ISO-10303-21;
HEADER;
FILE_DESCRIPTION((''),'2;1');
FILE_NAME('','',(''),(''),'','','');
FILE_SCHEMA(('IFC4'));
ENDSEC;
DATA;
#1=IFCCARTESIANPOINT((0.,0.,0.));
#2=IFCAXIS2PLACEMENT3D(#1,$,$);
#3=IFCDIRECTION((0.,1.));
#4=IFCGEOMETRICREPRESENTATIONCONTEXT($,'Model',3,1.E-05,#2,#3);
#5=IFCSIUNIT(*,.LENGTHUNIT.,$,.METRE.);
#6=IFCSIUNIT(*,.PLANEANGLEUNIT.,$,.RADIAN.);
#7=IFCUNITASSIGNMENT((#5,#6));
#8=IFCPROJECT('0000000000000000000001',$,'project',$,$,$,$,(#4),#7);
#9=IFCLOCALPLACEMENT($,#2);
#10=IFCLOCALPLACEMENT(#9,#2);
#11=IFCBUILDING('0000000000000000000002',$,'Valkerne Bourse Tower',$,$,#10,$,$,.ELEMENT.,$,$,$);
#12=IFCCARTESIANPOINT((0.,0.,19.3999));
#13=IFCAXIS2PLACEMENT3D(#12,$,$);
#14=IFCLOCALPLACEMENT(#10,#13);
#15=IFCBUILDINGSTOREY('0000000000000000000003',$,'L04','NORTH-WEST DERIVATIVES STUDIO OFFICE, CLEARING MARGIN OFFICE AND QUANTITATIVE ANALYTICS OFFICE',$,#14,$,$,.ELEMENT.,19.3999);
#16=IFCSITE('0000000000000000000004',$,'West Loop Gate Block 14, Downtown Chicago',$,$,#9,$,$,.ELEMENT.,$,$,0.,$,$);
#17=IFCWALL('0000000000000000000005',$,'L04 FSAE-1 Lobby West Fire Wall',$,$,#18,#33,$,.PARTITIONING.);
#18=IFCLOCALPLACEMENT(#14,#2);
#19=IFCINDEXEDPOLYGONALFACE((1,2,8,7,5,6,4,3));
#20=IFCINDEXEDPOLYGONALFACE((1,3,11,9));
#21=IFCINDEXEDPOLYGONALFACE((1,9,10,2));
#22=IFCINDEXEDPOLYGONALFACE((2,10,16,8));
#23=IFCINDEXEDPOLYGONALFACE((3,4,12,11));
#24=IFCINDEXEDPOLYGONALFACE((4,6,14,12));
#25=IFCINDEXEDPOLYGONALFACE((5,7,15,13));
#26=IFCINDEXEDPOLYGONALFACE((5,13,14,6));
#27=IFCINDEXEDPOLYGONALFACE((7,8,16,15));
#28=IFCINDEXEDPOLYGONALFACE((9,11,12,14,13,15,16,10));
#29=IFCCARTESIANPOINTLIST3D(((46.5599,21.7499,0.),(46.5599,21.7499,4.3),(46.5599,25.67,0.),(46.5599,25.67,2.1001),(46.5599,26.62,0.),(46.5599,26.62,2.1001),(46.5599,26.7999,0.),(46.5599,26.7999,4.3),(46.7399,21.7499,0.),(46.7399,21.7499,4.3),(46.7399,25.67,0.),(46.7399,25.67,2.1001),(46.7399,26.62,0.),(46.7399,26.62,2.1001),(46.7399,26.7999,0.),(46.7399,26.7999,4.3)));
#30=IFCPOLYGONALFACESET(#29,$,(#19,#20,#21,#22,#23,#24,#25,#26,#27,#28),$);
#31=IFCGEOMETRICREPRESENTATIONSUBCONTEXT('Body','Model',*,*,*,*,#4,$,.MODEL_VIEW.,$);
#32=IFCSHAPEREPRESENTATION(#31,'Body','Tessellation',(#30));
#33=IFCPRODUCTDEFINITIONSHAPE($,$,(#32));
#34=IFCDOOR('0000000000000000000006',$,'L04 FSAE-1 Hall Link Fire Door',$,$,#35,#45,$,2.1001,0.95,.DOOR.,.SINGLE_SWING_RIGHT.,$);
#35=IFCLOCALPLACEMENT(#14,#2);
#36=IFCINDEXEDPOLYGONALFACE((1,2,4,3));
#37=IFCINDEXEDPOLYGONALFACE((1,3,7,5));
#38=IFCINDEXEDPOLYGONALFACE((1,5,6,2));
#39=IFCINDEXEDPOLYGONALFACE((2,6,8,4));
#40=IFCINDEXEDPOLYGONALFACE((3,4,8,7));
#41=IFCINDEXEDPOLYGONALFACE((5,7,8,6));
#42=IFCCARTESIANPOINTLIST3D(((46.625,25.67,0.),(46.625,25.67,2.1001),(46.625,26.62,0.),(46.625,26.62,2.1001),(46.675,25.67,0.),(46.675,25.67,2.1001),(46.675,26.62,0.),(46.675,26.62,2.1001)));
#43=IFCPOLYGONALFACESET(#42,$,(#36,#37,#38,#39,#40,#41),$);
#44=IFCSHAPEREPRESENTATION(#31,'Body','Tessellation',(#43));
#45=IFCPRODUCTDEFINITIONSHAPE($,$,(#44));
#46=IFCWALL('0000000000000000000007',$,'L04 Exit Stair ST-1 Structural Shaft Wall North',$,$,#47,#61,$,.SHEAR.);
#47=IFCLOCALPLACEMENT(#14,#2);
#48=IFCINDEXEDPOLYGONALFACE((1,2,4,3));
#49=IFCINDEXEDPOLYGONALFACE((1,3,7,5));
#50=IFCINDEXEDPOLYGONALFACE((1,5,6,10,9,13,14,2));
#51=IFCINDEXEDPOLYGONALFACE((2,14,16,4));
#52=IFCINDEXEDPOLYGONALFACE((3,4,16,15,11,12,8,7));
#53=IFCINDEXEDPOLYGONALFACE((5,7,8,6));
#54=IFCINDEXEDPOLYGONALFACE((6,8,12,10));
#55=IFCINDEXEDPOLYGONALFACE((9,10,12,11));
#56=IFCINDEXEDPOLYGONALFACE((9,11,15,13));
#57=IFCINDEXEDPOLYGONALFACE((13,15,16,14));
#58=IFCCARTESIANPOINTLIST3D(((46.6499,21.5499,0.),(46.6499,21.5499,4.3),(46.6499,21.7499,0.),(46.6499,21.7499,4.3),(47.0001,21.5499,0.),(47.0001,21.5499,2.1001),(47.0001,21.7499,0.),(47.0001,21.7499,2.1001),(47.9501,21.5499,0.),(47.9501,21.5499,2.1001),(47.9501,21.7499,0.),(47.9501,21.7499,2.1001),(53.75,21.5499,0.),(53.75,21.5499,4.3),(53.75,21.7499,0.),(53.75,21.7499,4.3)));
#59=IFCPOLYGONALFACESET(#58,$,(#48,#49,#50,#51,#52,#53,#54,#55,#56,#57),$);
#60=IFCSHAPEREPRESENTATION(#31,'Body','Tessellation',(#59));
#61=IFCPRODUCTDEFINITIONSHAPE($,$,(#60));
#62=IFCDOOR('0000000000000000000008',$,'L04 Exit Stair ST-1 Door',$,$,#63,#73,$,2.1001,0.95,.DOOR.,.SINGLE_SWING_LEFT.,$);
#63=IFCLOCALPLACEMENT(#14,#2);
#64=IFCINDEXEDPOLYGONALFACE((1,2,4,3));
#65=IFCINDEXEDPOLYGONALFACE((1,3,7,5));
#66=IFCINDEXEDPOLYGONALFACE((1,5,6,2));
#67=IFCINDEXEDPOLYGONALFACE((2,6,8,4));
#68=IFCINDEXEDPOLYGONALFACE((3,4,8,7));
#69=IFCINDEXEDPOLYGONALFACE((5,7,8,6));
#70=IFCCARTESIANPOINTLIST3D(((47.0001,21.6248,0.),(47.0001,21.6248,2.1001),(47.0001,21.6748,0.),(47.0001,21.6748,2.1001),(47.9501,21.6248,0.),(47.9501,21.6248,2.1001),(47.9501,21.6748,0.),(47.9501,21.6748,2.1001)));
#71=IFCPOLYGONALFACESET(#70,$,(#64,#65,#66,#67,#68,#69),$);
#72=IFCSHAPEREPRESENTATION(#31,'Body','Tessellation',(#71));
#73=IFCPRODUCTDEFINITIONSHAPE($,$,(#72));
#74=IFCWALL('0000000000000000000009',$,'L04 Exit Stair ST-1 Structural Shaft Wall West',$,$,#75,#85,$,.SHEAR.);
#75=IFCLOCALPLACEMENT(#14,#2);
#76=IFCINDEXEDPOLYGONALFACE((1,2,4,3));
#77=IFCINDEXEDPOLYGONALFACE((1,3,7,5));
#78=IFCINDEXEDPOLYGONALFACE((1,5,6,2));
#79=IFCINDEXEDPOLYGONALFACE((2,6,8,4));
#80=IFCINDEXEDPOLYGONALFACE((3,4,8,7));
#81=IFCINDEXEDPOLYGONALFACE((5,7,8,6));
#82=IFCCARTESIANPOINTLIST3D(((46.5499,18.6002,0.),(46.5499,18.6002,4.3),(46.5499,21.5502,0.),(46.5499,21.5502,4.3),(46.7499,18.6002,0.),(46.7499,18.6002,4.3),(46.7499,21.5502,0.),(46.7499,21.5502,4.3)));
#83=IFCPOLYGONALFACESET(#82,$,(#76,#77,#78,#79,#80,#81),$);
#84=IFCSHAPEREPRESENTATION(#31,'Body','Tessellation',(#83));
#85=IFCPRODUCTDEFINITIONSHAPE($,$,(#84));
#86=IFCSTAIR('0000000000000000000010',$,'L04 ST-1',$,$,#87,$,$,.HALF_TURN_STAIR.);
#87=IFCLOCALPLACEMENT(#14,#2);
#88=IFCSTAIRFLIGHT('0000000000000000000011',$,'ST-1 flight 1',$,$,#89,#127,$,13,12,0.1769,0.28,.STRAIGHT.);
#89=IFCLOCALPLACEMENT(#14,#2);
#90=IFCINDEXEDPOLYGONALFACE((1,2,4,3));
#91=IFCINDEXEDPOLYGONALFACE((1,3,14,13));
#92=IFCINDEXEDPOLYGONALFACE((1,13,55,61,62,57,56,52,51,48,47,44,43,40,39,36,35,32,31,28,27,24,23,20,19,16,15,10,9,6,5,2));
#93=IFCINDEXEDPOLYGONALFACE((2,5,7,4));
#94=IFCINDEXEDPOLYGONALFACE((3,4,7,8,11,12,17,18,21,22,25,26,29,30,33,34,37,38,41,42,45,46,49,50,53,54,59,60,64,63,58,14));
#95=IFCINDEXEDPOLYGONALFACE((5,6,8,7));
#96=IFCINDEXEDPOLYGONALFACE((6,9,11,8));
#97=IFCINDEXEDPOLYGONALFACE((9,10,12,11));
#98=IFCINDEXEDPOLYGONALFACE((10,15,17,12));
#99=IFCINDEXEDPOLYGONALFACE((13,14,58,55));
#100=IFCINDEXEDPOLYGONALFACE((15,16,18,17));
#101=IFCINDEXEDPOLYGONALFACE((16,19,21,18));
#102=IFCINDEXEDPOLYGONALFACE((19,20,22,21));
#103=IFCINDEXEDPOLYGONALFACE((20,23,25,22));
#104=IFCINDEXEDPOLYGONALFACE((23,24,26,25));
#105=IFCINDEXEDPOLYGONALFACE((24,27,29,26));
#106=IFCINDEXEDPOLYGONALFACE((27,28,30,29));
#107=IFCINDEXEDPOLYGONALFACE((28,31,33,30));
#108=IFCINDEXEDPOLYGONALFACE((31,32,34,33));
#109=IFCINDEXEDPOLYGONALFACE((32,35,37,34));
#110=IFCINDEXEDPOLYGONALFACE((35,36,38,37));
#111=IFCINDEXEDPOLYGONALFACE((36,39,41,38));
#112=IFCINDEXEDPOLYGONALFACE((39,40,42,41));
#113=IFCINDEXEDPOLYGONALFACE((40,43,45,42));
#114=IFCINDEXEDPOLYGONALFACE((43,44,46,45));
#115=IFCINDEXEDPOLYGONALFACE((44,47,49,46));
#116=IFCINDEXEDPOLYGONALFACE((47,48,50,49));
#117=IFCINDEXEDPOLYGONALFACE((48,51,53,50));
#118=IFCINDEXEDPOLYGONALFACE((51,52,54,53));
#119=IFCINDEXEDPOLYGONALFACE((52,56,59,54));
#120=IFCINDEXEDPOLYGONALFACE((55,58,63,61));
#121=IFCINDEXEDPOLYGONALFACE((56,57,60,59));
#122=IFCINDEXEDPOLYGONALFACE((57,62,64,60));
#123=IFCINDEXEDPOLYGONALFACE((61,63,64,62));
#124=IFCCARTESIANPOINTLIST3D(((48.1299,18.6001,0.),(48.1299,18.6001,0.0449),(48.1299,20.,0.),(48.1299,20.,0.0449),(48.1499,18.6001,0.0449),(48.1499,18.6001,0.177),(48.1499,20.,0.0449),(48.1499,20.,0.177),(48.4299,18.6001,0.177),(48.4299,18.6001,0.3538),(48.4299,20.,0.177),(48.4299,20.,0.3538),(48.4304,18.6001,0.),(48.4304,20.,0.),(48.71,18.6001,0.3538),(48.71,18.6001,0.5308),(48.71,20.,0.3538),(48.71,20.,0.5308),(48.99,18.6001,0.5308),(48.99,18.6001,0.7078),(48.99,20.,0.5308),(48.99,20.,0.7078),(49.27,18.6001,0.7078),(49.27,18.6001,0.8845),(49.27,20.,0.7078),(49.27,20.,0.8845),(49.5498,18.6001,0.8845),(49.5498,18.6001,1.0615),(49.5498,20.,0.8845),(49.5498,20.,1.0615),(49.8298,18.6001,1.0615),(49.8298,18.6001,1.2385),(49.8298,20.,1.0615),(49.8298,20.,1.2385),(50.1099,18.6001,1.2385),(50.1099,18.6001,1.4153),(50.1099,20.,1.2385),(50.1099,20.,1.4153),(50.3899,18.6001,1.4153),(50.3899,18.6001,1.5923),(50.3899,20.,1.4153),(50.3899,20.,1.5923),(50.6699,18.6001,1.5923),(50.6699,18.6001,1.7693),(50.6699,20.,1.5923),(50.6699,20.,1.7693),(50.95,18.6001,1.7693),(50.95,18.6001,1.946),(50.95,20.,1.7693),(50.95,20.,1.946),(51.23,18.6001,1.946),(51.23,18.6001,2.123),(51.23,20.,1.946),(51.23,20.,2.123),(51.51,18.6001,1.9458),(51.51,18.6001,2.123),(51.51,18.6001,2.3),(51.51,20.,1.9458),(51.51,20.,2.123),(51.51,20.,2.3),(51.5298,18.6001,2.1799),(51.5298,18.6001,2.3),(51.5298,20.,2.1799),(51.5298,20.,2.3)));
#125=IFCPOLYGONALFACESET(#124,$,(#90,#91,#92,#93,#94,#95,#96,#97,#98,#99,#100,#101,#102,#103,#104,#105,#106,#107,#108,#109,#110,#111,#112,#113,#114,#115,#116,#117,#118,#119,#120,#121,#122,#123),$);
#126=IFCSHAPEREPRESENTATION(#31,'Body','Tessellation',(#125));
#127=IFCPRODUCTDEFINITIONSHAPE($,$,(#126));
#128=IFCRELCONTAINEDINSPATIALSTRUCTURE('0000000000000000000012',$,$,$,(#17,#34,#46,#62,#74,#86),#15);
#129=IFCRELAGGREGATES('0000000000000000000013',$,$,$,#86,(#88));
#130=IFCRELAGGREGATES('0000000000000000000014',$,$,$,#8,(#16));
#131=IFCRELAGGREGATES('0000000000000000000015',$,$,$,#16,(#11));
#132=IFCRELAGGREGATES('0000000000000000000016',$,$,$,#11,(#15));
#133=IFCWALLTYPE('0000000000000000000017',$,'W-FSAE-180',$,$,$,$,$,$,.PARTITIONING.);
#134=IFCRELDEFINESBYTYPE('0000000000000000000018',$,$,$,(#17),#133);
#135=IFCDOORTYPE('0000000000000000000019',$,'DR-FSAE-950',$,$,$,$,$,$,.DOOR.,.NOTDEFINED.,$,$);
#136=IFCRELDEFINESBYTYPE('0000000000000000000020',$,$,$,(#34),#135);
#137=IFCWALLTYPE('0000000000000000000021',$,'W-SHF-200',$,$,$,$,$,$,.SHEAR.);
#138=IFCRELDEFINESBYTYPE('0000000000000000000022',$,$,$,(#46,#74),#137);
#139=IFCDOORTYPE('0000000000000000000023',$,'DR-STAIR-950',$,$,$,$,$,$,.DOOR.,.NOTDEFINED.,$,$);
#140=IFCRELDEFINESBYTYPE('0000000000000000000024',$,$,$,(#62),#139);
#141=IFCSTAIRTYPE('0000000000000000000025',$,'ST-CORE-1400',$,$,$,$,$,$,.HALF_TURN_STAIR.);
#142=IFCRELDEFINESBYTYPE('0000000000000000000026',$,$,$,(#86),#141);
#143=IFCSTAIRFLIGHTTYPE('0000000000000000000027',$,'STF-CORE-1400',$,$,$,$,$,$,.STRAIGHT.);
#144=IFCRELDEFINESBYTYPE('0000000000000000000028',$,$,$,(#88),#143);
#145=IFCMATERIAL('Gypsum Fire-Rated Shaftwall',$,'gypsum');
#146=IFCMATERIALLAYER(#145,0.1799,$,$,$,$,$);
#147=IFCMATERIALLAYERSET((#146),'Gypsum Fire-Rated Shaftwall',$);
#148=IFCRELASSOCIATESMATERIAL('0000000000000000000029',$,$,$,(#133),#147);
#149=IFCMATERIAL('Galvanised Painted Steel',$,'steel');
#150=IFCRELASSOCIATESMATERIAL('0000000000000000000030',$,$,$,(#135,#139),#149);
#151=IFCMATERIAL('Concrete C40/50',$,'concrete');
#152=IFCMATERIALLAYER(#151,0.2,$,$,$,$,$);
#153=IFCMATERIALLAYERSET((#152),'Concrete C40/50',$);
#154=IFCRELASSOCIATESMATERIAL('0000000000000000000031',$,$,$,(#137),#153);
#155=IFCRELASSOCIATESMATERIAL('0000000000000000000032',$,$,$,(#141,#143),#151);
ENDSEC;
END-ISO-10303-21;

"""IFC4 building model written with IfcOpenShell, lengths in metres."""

from ifc_helpers import new_model, si_unit, direction, frame, frame_2d, origin, place, context, subcontext, project, spatial, polyline, rectangle, outline, extrude, material, layer, layer_set, type_object, element, fill, aggregate, save


model = new_model("IFC4")

# Units and contexts
model_context = context("Model", 3, precision=1e-05, world=origin(), true_north=direction((0.0, 1.0)))
body_context = subcontext(model_context, "Body", "Model", "MODEL_VIEW")
ifc_project = project(units=[si_unit("LENGTHUNIT", "METRE"), si_unit("PLANEANGLEUNIT", "RADIAN")], contexts=[model_context])

# Site, building, storey
site_placement = place(None, origin())
site = spatial("IfcSite", under=ifc_project, at=site_placement, Name="West Loop Gate Block 14, Downtown Chicago", CompositionType="ELEMENT", RefElevation=0.0)
building_placement = place(site_placement, origin())
building = spatial("IfcBuilding", under=site, at=building_placement, Name="Valkerne Bourse Tower", CompositionType="ELEMENT")
storey_placement = place(building_placement, frame((0.0, 0.0, 19.3999)))
storey = spatial("IfcBuildingStorey", under=building, at=storey_placement, Name="L04", Description="NORTH-WEST DERIVATIVES STUDIO OFFICE, CLEARING MARGIN OFFICE AND QUANTITATIVE ANALYTICS OFFICE", CompositionType="ELEMENT", Elevation=19.3999)

# Wall, opening, door
ifc_material_1 = material(Name="Gypsum Fire-Rated Shaftwall", Category="gypsum")
ifc_layer_1 = layer(ifc_material_1, 0.1799)
ifc_layer_set_1 = layer_set([ifc_layer_1], Name="Gypsum Fire-Rated Shaftwall")
wall_type_1 = type_object("IfcWallType", Name="W-FSAE-180", PredefinedType="PARTITIONING", material=ifc_layer_set_1)
wall_1_placement = place(storey_placement, frame((46.6499, 21.75, 0.0), z_axis=(0.0, 0.0, 1.0), x_axis=(0.0, 1.0, 0.0)))
wall_1 = element("IfcWall", 1, at=wall_1_placement, inside=storey, type_object=wall_type_1, Name="L04 FSAE-1 Lobby West Fire Wall", PredefinedType="PARTITIONING", context=body_context, shape_type="SweptSolid", body=[
    extrude(rectangle(XDim=5.05, YDim=0.1799, at=frame_2d((2.5249, 0.0))), origin(), (0.0, 0.0, 1.0), 4.3),
])
opening_1_placement = place(wall_1_placement, frame((3.9199, 0.0, 0.0)))
opening_1 = element("IfcOpeningElement", 2, at=opening_1_placement, cuts=wall_1, PredefinedType="OPENING", context=body_context, shape_type="SweptSolid", body=[
    extrude(rectangle(XDim=0.95, YDim=2.1001, at=frame_2d((0.4751, 1.05))), frame((0.0, 0.0999, 0.0), z_axis=(0.0, -1.0, 0.0), x_axis=(1.0, 0.0, 0.0)), (0.0, 0.0, 1.0), 0.2),
])
ifc_material_2 = material(Name="Galvanised Painted Steel", Category="steel")
door_type_1 = type_object("IfcDoorType", Name="DR-FSAE-950", OperationType="NOTDEFINED", PredefinedType="DOOR", material=ifc_material_2)
door_1_placement = place(opening_1_placement, origin())
door_1 = element("IfcDoor", 3, at=door_1_placement, inside=storey, type_object=door_type_1, Name="L04 FSAE-1 Hall Link Fire Door", OperationType="SINGLE_SWING_RIGHT", OverallHeight=2.1001, OverallWidth=0.95, PredefinedType="DOOR", context=body_context, shape_type="SweptSolid", body=[
    extrude(rectangle(XDim=0.95, YDim=2.1001, at=frame_2d((0.4751, 1.05))), frame((0.0, 0.0249, 0.0), z_axis=(0.0, -1.0, 0.0), x_axis=(1.0, 0.0, 0.0)), (0.0, 0.0, 1.0), 0.05),
])
fill(opening_1, door_1)

# Wall, opening, door
ifc_material_3 = material(Name="Concrete C40/50", Category="concrete")
ifc_layer_2 = layer(ifc_material_3, 0.2)
ifc_layer_set_2 = layer_set([ifc_layer_2], Name="Concrete C40/50")
wall_type_2 = type_object("IfcWallType", Name="W-SHF-200", PredefinedType="SHEAR", material=ifc_layer_set_2)
wall_2_placement = place(storey_placement, frame((46.6499, 21.6499, 0.0), z_axis=(0.0, 0.0, 1.0), x_axis=(1.0, 0.0, 0.0)))
wall_2 = element("IfcWall", 4, at=wall_2_placement, inside=storey, type_object=wall_type_2, Name="L04 Exit Stair ST-1 Structural Shaft Wall North", PredefinedType="SHEAR", context=body_context, shape_type="SweptSolid", body=[
    extrude(rectangle(XDim=7.1001, YDim=0.2, at=frame_2d((3.55, 0.0))), origin(), (0.0, 0.0, 1.0), 4.3),
])
opening_2_placement = place(wall_2_placement, frame((0.3501, 0.0, 0.0)))
opening_2 = element("IfcOpeningElement", 5, at=opening_2_placement, cuts=wall_2, PredefinedType="OPENING", context=body_context, shape_type="SweptSolid", body=[
    extrude(rectangle(XDim=0.95, YDim=2.1001, at=frame_2d((0.4751, 1.05))), frame((0.0, 0.1099, 0.0), z_axis=(0.0, -1.0, 0.0), x_axis=(1.0, 0.0, 0.0)), (0.0, 0.0, 1.0), 0.22),
])
door_type_2 = type_object("IfcDoorType", Name="DR-STAIR-950", OperationType="NOTDEFINED", PredefinedType="DOOR", material=ifc_material_2)
door_2_placement = place(opening_2_placement, origin())
door_2 = element("IfcDoor", 6, at=door_2_placement, inside=storey, type_object=door_type_2, Name="L04 Exit Stair ST-1 Door", OperationType="SINGLE_SWING_LEFT", OverallHeight=2.1001, OverallWidth=0.95, PredefinedType="DOOR", context=body_context, shape_type="SweptSolid", body=[
    extrude(rectangle(XDim=0.95, YDim=2.1001, at=frame_2d((0.4751, 1.05))), frame((0.0, 0.0249, 0.0), z_axis=(0.0, -1.0, 0.0), x_axis=(1.0, 0.0, 0.0)), (0.0, 0.0, 1.0), 0.05),
])
fill(opening_2, door_2)

# Wall
wall_3_placement = place(storey_placement, frame((46.6499, 18.6001, 0.0), z_axis=(0.0, 0.0, 1.0), x_axis=(0.0, 1.0, 0.0)))
element("IfcWall", 7, at=wall_3_placement, inside=storey, type_object=wall_type_2, Name="L04 Exit Stair ST-1 Structural Shaft Wall West", PredefinedType="SHEAR", context=body_context, shape_type="SweptSolid", body=[
    extrude(rectangle(XDim=2.95, YDim=0.2, at=frame_2d((1.4751, 0.0))), origin(), (0.0, 0.0, 1.0), 4.3),
])

# Stair, stair flight
stair_type = type_object("IfcStairType", Name="ST-CORE-1400", PredefinedType="HALF_TURN_STAIR", material=ifc_material_3)
stair_placement = place(storey_placement, origin())
stair = element("IfcStair", 8, at=stair_placement, inside=storey, type_object=stair_type, Name="L04 ST-1", PredefinedType="HALF_TURN_STAIR")
stair_flight_type = type_object("IfcStairFlightType", Name="STF-CORE-1400", PredefinedType="STRAIGHT", material=ifc_material_3)
stair_flight_placement = place(storey_placement, frame((48.1499, 19.3, 0.0), z_axis=(0.0, 0.0, 1.0), x_axis=(1.0, 0.0, 0.0)))
stair_flight = element("IfcStairFlight", 9, at=stair_flight_placement, type_object=stair_flight_type, Name="ST-1 flight 1", NumberOfRisers=13, NumberOfTreads=12, PredefinedType="STRAIGHT", RiserHeight=0.1769, TreadLength=0.28, context=body_context, shape_type="SweptSolid", body=[
    extrude(outline(polyline([(-0.02, 0.0), (-0.02, 0.0449), (0.0, 0.0449), (0.0, 0.177), (0.28, 0.177), (0.28, 0.3538), (0.5601, 0.3538), (0.5601, 0.5308), (0.8401, 0.5308), (0.8401, 0.7078), (1.1201, 0.7078), (1.1201, 0.8845), (1.3999, 0.8845), (1.3999, 1.0615), (1.6799, 1.0615), (1.6799, 1.2385), (1.96, 1.2385), (1.96, 1.4153), (2.24, 1.4153), (2.24, 1.5923), (2.52, 1.5923), (2.52, 1.7693), (2.8, 1.7693), (2.8, 1.946), (3.0801, 1.946), (3.0801, 2.123), (3.3601, 2.123), (3.3601, 2.3), (3.3799, 2.3), (3.3799, 2.1799), (3.3601, 1.9458), (0.2805, 0.0), (-0.02, 0.0)])), frame((0.0, 0.7, 0.0), z_axis=(0.0, -1.0, 0.0), x_axis=(1.0, 0.0, 0.0)), (0.0, 0.0, 1.0), 1.3999),
])
aggregate(stair, [stair_flight])

save(model, "model.ifc")
